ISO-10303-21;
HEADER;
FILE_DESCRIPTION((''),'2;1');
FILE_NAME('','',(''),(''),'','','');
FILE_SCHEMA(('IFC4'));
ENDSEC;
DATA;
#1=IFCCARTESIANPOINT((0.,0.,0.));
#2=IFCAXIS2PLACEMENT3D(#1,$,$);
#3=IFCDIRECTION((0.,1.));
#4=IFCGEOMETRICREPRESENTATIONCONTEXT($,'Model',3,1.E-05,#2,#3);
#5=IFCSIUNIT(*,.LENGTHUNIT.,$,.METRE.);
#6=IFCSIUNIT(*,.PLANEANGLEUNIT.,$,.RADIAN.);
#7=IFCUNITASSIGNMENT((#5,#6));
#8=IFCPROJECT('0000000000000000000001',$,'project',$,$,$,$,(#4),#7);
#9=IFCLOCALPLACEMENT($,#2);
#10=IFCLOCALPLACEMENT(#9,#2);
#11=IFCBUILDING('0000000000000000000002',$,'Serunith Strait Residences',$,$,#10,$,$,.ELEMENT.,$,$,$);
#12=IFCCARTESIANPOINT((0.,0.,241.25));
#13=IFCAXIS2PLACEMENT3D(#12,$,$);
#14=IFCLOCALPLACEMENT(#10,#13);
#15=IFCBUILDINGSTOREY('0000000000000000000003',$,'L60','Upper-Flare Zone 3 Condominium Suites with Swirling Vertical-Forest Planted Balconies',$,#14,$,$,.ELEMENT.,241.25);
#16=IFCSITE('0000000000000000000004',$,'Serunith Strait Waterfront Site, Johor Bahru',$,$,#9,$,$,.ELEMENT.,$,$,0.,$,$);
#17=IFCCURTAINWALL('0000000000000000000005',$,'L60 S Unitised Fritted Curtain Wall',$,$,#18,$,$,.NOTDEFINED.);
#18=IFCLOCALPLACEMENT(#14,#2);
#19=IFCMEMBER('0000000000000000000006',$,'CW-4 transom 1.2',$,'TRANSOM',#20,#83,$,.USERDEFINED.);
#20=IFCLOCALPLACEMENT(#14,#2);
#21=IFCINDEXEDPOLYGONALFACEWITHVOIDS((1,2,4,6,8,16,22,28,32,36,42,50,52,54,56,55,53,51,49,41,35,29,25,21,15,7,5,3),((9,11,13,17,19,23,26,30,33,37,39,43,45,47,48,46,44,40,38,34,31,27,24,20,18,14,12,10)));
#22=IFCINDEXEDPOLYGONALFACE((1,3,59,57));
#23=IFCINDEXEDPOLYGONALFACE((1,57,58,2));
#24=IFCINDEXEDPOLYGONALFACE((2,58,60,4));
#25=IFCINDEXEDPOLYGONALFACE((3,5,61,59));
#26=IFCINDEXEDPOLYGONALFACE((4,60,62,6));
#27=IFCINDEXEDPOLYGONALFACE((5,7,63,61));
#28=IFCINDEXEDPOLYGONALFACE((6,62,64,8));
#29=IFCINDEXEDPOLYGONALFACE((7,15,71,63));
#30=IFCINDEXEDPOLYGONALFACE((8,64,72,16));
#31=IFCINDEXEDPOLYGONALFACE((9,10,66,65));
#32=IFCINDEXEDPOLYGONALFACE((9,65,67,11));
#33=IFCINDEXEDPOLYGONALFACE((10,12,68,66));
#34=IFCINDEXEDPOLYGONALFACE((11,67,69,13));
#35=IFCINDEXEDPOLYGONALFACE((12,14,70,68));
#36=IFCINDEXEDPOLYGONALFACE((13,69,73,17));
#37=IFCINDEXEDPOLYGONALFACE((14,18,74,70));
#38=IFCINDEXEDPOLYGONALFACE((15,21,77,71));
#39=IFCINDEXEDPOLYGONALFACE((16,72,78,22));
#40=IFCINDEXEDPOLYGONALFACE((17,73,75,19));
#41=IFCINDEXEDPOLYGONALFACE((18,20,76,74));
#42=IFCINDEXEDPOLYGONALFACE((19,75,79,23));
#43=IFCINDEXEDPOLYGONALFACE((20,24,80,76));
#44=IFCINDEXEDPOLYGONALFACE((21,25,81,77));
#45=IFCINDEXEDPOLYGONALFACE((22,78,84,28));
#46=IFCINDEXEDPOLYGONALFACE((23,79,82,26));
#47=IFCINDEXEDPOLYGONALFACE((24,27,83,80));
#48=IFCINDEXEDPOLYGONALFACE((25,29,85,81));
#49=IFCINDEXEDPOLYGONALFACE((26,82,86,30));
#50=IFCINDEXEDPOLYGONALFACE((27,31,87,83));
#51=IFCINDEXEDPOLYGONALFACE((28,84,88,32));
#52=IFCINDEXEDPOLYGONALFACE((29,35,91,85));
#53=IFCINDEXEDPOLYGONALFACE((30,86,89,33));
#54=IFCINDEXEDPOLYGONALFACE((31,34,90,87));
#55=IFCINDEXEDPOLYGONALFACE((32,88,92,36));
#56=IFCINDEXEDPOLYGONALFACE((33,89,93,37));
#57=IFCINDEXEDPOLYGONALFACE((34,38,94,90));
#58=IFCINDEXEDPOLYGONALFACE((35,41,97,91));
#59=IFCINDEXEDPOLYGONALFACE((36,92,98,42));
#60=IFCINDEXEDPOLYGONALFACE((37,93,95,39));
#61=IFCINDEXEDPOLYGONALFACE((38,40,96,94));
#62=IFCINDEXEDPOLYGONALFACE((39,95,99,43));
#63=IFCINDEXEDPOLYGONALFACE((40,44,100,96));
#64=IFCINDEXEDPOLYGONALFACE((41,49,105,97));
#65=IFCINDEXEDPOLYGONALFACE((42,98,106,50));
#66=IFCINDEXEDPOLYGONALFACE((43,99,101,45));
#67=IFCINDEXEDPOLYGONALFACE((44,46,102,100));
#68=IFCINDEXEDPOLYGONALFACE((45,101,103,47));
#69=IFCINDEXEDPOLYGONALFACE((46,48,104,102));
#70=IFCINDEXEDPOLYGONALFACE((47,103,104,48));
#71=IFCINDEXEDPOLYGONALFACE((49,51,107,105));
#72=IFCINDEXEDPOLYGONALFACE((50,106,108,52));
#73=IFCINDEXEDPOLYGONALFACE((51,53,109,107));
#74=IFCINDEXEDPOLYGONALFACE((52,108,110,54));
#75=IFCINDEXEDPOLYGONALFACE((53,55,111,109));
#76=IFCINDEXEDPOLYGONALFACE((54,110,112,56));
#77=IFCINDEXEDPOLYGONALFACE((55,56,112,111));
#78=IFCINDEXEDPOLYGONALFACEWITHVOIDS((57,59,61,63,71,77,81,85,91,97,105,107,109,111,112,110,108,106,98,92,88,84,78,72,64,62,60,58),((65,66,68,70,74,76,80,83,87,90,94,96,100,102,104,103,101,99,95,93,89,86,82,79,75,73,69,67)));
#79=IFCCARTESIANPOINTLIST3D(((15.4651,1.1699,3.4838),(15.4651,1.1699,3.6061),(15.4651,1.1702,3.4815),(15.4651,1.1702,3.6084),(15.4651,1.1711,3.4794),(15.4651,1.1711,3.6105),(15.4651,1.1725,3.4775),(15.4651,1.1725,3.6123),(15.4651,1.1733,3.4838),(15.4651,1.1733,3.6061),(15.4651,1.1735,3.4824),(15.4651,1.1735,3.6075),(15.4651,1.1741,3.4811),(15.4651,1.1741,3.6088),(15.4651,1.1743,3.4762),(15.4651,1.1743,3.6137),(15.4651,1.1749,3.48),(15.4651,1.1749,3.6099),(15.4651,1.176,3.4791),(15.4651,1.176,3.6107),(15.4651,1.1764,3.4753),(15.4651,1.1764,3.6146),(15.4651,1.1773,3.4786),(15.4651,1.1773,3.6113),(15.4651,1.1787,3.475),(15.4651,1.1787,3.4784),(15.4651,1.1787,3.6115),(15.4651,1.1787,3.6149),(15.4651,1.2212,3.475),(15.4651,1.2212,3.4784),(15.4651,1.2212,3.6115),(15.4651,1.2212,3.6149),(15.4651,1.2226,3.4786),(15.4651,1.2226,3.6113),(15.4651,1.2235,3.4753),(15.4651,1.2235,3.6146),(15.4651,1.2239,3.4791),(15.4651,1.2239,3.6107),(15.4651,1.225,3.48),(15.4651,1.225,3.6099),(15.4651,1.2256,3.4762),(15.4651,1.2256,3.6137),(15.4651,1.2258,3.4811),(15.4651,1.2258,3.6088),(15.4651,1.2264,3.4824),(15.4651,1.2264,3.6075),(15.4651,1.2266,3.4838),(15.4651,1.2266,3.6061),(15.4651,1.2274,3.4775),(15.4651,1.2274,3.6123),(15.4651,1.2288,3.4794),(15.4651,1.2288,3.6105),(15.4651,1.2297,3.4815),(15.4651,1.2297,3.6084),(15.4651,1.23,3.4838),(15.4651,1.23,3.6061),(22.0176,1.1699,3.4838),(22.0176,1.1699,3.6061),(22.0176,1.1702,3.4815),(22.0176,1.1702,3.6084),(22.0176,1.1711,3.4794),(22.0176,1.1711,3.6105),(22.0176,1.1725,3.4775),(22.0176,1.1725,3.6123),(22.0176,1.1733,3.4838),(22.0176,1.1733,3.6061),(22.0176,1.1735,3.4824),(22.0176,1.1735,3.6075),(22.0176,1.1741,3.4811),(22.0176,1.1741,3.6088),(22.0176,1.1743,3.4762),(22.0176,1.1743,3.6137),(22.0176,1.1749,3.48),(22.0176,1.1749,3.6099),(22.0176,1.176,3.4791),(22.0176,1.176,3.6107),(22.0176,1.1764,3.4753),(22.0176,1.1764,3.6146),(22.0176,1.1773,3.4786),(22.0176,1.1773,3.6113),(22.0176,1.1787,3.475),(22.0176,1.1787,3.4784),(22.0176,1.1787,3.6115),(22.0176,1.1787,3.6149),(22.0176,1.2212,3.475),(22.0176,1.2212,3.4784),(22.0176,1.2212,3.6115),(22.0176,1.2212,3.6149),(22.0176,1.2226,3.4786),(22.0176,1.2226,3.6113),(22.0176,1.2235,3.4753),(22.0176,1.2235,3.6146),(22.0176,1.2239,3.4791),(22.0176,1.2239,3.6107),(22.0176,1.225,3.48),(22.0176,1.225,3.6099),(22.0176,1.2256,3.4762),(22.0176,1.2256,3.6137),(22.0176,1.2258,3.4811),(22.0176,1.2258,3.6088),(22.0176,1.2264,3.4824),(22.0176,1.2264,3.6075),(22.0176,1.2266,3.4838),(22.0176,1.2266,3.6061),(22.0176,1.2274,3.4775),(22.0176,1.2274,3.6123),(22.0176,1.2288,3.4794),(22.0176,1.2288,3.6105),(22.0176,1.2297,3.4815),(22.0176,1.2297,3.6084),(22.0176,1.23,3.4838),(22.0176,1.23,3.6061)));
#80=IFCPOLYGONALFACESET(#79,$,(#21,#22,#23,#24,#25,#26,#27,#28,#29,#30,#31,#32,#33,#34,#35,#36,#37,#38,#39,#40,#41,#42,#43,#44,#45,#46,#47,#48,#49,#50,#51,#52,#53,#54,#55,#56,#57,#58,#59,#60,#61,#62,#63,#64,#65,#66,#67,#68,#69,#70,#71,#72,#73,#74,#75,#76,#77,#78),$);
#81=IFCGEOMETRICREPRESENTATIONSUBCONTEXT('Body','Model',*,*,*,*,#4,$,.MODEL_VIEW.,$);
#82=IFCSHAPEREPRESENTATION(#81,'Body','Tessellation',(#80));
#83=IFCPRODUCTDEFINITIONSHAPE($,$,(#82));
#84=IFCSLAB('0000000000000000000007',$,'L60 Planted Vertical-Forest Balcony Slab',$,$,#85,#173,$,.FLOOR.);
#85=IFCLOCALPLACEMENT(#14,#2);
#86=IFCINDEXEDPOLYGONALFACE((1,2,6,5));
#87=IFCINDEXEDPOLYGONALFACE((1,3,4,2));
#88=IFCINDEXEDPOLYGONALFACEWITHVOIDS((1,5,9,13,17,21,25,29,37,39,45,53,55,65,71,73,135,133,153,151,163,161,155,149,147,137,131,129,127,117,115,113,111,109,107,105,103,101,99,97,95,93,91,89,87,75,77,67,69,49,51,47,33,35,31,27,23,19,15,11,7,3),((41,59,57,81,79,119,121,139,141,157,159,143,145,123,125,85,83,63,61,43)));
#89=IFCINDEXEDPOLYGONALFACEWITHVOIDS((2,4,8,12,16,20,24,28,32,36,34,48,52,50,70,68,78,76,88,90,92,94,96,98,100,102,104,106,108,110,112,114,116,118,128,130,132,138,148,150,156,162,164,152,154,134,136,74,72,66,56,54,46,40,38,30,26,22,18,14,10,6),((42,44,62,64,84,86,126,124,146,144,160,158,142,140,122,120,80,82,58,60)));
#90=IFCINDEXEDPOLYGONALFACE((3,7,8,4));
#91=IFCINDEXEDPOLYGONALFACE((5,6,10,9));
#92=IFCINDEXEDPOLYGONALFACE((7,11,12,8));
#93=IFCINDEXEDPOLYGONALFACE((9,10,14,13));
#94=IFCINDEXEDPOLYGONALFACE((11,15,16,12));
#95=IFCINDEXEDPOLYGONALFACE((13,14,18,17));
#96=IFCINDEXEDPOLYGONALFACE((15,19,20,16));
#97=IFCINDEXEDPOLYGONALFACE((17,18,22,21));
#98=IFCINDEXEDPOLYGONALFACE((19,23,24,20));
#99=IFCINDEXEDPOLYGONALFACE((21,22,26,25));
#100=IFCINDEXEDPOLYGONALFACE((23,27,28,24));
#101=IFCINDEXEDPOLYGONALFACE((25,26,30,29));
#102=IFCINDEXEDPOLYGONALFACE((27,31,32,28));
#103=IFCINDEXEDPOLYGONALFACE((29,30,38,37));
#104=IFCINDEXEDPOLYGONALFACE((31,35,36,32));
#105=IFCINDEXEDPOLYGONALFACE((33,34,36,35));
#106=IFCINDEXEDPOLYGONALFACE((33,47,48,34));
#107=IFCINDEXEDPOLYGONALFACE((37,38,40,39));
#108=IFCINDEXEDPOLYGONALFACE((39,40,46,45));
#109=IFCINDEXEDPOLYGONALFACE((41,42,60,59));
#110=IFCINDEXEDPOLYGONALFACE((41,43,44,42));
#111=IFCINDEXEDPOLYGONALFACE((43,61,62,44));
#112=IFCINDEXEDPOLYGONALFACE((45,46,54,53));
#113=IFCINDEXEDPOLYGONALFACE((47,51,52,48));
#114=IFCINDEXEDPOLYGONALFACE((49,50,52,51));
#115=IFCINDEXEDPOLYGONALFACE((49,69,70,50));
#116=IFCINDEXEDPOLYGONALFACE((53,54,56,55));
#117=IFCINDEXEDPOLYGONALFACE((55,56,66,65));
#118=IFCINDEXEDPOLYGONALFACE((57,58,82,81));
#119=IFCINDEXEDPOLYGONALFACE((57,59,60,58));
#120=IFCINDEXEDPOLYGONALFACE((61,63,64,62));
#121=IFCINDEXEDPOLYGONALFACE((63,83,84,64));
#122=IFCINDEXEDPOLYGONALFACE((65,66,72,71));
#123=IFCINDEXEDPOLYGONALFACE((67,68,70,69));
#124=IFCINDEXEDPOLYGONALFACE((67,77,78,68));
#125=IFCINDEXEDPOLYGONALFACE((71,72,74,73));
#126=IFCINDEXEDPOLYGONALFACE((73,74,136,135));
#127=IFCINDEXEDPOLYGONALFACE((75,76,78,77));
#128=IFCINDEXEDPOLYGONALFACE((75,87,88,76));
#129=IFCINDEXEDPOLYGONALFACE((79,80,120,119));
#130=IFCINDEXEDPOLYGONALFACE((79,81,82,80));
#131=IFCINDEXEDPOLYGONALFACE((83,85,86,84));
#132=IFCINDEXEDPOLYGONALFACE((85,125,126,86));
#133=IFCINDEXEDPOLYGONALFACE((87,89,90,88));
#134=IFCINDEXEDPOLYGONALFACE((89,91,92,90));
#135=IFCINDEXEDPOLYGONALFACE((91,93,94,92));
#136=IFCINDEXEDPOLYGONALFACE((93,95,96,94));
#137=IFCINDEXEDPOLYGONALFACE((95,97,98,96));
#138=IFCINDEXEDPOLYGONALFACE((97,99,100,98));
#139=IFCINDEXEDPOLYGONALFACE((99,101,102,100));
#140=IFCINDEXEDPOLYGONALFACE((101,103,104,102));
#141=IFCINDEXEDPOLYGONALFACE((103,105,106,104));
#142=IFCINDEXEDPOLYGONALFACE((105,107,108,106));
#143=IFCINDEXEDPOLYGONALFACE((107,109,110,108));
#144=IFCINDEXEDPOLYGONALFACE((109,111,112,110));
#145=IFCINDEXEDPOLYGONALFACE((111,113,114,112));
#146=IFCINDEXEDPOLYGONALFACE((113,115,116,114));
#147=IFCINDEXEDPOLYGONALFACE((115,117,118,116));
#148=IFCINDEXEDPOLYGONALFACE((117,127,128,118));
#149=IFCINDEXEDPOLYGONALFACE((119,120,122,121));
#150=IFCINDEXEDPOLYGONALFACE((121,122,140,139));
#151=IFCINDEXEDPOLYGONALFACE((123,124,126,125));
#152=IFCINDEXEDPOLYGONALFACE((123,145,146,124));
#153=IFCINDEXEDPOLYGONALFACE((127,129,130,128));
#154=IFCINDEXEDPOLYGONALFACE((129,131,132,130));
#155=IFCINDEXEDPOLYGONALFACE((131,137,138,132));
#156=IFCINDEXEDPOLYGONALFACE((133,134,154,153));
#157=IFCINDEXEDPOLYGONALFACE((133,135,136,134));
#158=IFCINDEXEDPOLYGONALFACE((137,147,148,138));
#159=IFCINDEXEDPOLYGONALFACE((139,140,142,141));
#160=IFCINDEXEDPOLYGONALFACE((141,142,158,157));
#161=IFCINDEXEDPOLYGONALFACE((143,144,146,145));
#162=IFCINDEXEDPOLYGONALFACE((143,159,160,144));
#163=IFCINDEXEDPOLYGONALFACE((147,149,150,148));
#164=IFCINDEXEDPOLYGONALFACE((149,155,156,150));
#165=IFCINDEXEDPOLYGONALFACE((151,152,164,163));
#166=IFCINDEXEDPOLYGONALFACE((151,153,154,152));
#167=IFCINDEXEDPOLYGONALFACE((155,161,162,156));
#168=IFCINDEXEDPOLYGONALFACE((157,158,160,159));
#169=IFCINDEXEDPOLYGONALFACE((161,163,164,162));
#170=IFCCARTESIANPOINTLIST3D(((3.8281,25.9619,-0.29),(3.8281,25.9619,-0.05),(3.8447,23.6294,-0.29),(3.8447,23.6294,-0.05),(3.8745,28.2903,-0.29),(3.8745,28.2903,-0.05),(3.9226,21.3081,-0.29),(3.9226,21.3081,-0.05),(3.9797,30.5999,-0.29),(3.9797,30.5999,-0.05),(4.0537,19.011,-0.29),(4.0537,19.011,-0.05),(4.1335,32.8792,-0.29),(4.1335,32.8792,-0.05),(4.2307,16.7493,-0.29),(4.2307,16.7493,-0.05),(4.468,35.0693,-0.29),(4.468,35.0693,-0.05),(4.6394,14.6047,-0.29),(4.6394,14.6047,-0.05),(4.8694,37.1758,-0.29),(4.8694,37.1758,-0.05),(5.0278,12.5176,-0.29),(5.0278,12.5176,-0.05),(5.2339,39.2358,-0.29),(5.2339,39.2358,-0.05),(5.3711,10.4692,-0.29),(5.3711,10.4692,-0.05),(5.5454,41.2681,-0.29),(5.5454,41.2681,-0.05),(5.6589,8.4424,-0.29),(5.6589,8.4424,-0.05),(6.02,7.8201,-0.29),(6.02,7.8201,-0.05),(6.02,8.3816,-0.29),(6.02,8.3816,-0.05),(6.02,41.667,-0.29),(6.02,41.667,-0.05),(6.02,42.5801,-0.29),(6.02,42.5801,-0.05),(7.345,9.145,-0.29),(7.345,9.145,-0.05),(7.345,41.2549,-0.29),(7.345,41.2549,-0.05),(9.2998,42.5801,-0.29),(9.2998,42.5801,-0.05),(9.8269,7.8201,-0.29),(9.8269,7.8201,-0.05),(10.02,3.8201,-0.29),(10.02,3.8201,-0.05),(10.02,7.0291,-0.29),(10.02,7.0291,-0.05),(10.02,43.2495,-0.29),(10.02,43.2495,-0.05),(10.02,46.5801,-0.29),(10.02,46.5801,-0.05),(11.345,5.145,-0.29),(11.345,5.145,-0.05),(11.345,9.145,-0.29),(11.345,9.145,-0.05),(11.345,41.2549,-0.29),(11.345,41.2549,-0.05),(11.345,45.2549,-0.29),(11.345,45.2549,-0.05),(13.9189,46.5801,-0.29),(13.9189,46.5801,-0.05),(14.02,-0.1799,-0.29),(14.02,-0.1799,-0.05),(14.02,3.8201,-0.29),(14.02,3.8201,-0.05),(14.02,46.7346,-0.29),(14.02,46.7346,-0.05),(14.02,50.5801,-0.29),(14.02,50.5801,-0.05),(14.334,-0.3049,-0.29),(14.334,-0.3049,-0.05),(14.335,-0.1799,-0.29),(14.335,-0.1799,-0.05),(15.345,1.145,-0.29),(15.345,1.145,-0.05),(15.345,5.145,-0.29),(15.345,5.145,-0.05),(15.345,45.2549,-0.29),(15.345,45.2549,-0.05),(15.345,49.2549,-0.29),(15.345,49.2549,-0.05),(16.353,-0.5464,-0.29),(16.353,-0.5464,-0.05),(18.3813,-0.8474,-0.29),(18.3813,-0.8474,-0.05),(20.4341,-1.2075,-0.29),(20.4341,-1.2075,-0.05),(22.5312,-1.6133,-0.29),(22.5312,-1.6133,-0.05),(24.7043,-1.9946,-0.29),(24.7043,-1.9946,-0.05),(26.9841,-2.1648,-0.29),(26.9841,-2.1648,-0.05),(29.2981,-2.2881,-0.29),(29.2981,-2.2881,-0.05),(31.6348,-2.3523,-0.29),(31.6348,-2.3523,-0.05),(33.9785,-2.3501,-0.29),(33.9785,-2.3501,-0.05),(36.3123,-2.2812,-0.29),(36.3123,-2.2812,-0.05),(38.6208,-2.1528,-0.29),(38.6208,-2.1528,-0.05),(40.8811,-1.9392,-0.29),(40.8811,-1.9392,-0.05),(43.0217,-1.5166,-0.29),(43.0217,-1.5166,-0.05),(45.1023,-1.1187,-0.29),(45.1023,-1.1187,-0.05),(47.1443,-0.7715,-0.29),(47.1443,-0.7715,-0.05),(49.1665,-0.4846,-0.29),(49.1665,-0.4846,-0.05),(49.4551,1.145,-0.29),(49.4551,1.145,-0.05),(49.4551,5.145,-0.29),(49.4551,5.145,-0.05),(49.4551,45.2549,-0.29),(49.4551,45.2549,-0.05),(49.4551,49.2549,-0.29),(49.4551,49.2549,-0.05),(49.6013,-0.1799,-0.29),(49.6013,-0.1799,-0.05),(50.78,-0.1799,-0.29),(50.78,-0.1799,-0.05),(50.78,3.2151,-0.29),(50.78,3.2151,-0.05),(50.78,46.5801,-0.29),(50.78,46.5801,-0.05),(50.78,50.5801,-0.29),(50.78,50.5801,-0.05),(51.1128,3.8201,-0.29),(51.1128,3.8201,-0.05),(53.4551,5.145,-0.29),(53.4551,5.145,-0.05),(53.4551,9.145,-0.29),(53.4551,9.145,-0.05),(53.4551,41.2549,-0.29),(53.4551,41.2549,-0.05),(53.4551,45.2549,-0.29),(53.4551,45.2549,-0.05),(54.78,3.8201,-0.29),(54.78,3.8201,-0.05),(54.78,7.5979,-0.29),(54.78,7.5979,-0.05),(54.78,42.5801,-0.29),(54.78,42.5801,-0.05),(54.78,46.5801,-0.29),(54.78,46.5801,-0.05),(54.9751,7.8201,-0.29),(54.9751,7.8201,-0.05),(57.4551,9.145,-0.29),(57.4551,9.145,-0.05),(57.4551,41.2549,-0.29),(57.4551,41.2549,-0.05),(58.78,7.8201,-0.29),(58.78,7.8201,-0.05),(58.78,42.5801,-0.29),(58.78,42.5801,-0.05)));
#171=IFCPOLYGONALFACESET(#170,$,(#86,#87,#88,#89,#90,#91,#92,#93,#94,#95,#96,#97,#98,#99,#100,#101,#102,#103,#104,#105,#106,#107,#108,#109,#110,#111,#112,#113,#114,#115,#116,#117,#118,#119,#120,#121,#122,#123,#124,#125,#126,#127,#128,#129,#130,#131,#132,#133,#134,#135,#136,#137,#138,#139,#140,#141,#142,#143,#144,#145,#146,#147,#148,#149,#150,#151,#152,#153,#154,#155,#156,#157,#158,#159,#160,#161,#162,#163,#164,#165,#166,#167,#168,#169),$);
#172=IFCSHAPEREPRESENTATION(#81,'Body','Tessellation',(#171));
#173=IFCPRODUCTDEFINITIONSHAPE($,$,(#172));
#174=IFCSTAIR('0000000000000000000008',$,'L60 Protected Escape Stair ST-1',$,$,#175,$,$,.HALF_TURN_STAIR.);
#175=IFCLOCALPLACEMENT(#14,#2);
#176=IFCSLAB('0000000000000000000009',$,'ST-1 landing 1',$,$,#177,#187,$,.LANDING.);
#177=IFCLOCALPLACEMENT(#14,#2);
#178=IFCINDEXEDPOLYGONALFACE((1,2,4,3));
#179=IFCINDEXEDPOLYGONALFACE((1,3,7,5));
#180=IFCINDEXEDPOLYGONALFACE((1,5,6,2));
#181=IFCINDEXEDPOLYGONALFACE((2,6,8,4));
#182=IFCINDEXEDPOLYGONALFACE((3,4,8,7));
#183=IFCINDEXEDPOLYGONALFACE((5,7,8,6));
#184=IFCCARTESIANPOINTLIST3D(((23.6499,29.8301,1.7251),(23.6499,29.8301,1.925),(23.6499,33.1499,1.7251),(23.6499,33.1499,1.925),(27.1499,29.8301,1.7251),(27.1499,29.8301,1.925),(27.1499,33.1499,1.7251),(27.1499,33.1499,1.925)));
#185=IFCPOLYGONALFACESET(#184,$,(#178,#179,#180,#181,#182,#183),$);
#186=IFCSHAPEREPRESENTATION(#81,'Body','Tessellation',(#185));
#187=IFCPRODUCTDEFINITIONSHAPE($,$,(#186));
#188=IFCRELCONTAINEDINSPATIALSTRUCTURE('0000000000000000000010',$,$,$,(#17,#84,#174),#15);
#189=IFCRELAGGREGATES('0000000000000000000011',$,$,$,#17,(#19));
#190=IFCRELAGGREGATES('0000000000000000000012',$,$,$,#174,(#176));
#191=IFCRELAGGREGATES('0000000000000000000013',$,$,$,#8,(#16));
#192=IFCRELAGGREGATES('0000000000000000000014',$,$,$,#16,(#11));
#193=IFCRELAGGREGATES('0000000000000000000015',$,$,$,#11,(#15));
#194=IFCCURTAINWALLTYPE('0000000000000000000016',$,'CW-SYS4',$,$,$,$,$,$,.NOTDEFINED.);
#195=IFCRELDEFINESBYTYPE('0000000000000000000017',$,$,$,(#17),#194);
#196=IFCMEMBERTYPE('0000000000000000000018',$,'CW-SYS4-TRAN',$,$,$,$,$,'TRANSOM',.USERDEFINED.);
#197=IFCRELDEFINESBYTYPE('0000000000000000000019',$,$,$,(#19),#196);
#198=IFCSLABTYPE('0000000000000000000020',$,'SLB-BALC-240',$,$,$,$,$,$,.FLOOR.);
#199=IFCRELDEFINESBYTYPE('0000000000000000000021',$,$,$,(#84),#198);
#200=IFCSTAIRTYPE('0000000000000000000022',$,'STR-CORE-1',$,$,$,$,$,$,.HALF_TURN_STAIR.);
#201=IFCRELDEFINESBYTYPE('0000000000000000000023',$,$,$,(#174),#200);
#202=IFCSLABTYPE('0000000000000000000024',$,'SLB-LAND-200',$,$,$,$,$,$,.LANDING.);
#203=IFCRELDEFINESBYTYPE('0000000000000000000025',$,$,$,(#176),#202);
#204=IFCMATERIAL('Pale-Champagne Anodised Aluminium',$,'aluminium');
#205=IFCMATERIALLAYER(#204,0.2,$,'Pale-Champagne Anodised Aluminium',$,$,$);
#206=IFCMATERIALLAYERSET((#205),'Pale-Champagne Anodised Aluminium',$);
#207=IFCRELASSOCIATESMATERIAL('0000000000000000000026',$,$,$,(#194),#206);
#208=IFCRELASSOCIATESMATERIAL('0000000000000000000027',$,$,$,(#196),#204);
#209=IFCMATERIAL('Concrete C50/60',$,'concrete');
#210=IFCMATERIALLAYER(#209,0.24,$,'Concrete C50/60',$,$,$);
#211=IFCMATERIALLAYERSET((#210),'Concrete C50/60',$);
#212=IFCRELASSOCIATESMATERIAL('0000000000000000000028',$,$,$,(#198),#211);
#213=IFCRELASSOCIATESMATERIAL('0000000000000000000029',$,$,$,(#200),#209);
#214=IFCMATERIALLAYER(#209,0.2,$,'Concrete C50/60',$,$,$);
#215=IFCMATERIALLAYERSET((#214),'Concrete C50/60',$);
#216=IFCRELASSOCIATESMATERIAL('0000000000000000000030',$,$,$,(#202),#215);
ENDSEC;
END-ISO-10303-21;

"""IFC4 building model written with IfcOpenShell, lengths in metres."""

from ifc_helpers import new_model, si_unit, direction, frame, origin, origin_2d, place, context, subcontext, project, spatial, polyline, hollow_rectangle, outline, extrude, source, transform, mapped, material, layer, layer_set, material_profile, profile_set, type_object, element, aggregate, save


model = new_model("IFC4")

# Units and contexts
model_context = context("Model", 3, precision=1e-05, world=origin(), true_north=direction((0.0, 1.0)))
body_context = subcontext(model_context, "Body", "Model", "MODEL_VIEW")
ifc_project = project(units=[si_unit("LENGTHUNIT", "METRE"), si_unit("PLANEANGLEUNIT", "RADIAN")], contexts=[model_context])

# Site, building, storey
site_placement = place(None, origin())
site = spatial("IfcSite", under=ifc_project, at=site_placement, Name="Serunith Strait Waterfront Site, Johor Bahru", CompositionType="ELEMENT", RefElevation=0.0)
building_placement = place(site_placement, origin())
building = spatial("IfcBuilding", under=site, at=building_placement, Name="Serunith Strait Residences", CompositionType="ELEMENT")
storey_placement = place(building_placement, frame((0.0, 0.0, 241.25)))
storey = spatial("IfcBuildingStorey", under=building, at=storey_placement, Name="L60", Description="Upper-Flare Zone 3 Condominium Suites with Swirling Vertical-Forest Planted Balconies", CompositionType="ELEMENT", Elevation=241.25)

# Curtain wall
ifc_material_1 = material(Name="Pale-Champagne Anodised Aluminium", Category="aluminium")
ifc_layer_1 = layer(ifc_material_1, 0.2, Name="Pale-Champagne Anodised Aluminium")
ifc_layer_set_1 = layer_set([ifc_layer_1], Name="Pale-Champagne Anodised Aluminium")
curtain_wall_type = type_object("IfcCurtainWallType", Name="CW-SYS4", PredefinedType="NOTDEFINED", material=ifc_layer_set_1)
curtain_wall_1_placement = place(storey_placement, origin())
curtain_wall_1 = element("IfcCurtainWall", 1, at=curtain_wall_1_placement, inside=storey, type_object=curtain_wall_type, Name="L60 S Unitised Fritted Curtain Wall", PredefinedType="NOTDEFINED")

# Member
ifc_material_profile_1 = material_profile(ifc_material_1, hollow_rectangle(XDim=0.0601, YDim=0.1399, WallThickness=0.0034, InnerFilletRadius=0.0054, OuterFilletRadius=0.0088, at=origin_2d()), Name="ALU 140x60x3.5")
ifc_profile_set_1 = profile_set([ifc_material_profile_1], Name="Pale-Champagne Anodised Aluminium")
member_type_1 = type_object("IfcMemberType", Name="CW-SYS4-TRAN", ElementType="TRANSOM", PredefinedType="USERDEFINED", material=ifc_profile_set_1)
shared_shape_1 = source(origin(), body_context, "Body", "SweptSolid", [
    extrude(hollow_rectangle(XDim=0.0601, YDim=0.1399, WallThickness=0.0034, InnerFilletRadius=0.0054, OuterFilletRadius=0.0088, at=origin_2d()), origin(), (0.0, 0.0, 1.0), 6.5525),
])
member_1_placement = place(storey_placement, frame((15.4651, 1.2, 3.5449), z_axis=(1.0, 0.0, 0.0), x_axis=(0.0, 1.0, 0.0)))
member_1 = element("IfcMember", 2, at=member_1_placement, type_object=member_type_1, Name="CW-4 transom 1.2", ObjectType="TRANSOM", PredefinedType="USERDEFINED", context=body_context, shape_type="MappedRepresentation", body=[
    mapped(shared_shape_1, transform((0.0, 0.0, 0.0), scale=1.0)),
])
aggregate(curtain_wall_1, [member_1])

# Slab
ifc_material_2 = material(Name="Concrete C50/60", Category="concrete")
ifc_layer_2 = layer(ifc_material_2, 0.24, Name="Concrete C50/60")
ifc_layer_set_2 = layer_set([ifc_layer_2], Name="Concrete C50/60")
slab_type_1 = type_object("IfcSlabType", Name="SLB-BALC-240", PredefinedType="FLOOR", material=ifc_layer_set_2)
slab_1_placement = place(storey_placement, frame((0.0, 0.0, -0.29)))
element("IfcSlab", 3, at=slab_1_placement, inside=storey, type_object=slab_type_1, Name="L60 Planted Vertical-Forest Balcony Slab", PredefinedType="FLOOR", context=body_context, shape_type="SweptSolid", body=[
    extrude(outline(polyline([(14.02, -0.1799), (14.02, 3.8201), (10.02, 3.8201), (10.02, 7.0291), (9.8269, 7.8201), (6.02, 7.8201), (6.02, 8.3816), (5.6589, 8.4424), (5.3711, 10.4692), (5.0278, 12.5176), (4.6394, 14.6047), (4.2307, 16.7493), (4.0537, 19.011), (3.9226, 21.3081), (3.8447, 23.6294), (3.8281, 25.9619), (3.8745, 28.2903), (3.9797, 30.5999), (4.1335, 32.8792), (4.468, 35.0693), (4.8694, 37.1758), (5.2339, 39.2358), (5.5454, 41.2681), (6.02, 41.667), (6.02, 42.5801), (9.2998, 42.5801), (10.02, 43.2495), (10.02, 46.5801), (13.9189, 46.5801), (14.02, 46.7346), (14.02, 50.5801), (50.78, 50.5801), (50.78, 46.5801), (54.78, 46.5801), (54.78, 42.5801), (58.78, 42.5801), (58.78, 7.8201), (54.9751, 7.8201), (54.78, 7.5979), (54.78, 3.8201), (51.1128, 3.8201), (50.78, 3.2151), (50.78, -0.1799), (49.6013, -0.1799), (49.1665, -0.4846), (47.1443, -0.7715), (45.1023, -1.1187), (43.0217, -1.5166), (40.8811, -1.9392), (38.6208, -2.1528), (36.3123, -2.2812), (33.9785, -2.3501), (31.6348, -2.3523), (29.2981, -2.2881), (26.9841, -2.1648), (24.7043, -1.9946), (22.5312, -1.6133), (20.4341, -1.2075), (18.3813, -0.8474), (16.353, -0.5464), (14.334, -0.3049), (14.335, -0.1799), (14.02, -0.1799)]), holes=[polyline([(49.4551, 1.145), (49.4551, 5.145), (53.4551, 5.145), (53.4551, 9.145), (57.4551, 9.145), (57.4551, 41.2549), (53.4551, 41.2549), (53.4551, 45.2549), (49.4551, 45.2549), (49.4551, 49.2549), (15.345, 49.2549), (15.345, 45.2549), (11.345, 45.2549), (11.345, 41.2549), (7.345, 41.2549), (7.345, 9.145), (11.345, 9.145), (11.345, 5.145), (15.345, 5.145), (15.345, 1.145), (49.4551, 1.145)])]), origin(), (0.0, 0.0, 1.0), 0.24),
])

# Stair, slab
stair_type_1 = type_object("IfcStairType", Name="STR-CORE-1", PredefinedType="HALF_TURN_STAIR", material=ifc_material_2)
stair_1_placement = place(storey_placement, origin())
stair_1 = element("IfcStair", 4, at=stair_1_placement, inside=storey, type_object=stair_type_1, Name="L60 Protected Escape Stair ST-1", PredefinedType="HALF_TURN_STAIR")
ifc_layer_3 = layer(ifc_material_2, 0.2, Name="Concrete C50/60")
ifc_layer_set_3 = layer_set([ifc_layer_3], Name="Concrete C50/60")
slab_type_2 = type_object("IfcSlabType", Name="SLB-LAND-200", PredefinedType="LANDING", material=ifc_layer_set_3)
slab_2_placement = place(storey_placement, frame((0.0, 0.0, 1.7251)))
slab_2 = element("IfcSlab", 5, at=slab_2_placement, type_object=slab_type_2, Name="ST-1 landing 1", PredefinedType="LANDING", context=body_context, shape_type="SweptSolid", body=[
    extrude(outline(polyline([(27.1499, 29.8301), (27.1499, 33.1499), (23.6499, 33.1499), (23.6499, 29.8301), (27.1499, 29.8301)])), origin(), (0.0, 0.0, 1.0), 0.2),
])
aggregate(stair_1, [slab_2])

save(model, "model.ifc")
